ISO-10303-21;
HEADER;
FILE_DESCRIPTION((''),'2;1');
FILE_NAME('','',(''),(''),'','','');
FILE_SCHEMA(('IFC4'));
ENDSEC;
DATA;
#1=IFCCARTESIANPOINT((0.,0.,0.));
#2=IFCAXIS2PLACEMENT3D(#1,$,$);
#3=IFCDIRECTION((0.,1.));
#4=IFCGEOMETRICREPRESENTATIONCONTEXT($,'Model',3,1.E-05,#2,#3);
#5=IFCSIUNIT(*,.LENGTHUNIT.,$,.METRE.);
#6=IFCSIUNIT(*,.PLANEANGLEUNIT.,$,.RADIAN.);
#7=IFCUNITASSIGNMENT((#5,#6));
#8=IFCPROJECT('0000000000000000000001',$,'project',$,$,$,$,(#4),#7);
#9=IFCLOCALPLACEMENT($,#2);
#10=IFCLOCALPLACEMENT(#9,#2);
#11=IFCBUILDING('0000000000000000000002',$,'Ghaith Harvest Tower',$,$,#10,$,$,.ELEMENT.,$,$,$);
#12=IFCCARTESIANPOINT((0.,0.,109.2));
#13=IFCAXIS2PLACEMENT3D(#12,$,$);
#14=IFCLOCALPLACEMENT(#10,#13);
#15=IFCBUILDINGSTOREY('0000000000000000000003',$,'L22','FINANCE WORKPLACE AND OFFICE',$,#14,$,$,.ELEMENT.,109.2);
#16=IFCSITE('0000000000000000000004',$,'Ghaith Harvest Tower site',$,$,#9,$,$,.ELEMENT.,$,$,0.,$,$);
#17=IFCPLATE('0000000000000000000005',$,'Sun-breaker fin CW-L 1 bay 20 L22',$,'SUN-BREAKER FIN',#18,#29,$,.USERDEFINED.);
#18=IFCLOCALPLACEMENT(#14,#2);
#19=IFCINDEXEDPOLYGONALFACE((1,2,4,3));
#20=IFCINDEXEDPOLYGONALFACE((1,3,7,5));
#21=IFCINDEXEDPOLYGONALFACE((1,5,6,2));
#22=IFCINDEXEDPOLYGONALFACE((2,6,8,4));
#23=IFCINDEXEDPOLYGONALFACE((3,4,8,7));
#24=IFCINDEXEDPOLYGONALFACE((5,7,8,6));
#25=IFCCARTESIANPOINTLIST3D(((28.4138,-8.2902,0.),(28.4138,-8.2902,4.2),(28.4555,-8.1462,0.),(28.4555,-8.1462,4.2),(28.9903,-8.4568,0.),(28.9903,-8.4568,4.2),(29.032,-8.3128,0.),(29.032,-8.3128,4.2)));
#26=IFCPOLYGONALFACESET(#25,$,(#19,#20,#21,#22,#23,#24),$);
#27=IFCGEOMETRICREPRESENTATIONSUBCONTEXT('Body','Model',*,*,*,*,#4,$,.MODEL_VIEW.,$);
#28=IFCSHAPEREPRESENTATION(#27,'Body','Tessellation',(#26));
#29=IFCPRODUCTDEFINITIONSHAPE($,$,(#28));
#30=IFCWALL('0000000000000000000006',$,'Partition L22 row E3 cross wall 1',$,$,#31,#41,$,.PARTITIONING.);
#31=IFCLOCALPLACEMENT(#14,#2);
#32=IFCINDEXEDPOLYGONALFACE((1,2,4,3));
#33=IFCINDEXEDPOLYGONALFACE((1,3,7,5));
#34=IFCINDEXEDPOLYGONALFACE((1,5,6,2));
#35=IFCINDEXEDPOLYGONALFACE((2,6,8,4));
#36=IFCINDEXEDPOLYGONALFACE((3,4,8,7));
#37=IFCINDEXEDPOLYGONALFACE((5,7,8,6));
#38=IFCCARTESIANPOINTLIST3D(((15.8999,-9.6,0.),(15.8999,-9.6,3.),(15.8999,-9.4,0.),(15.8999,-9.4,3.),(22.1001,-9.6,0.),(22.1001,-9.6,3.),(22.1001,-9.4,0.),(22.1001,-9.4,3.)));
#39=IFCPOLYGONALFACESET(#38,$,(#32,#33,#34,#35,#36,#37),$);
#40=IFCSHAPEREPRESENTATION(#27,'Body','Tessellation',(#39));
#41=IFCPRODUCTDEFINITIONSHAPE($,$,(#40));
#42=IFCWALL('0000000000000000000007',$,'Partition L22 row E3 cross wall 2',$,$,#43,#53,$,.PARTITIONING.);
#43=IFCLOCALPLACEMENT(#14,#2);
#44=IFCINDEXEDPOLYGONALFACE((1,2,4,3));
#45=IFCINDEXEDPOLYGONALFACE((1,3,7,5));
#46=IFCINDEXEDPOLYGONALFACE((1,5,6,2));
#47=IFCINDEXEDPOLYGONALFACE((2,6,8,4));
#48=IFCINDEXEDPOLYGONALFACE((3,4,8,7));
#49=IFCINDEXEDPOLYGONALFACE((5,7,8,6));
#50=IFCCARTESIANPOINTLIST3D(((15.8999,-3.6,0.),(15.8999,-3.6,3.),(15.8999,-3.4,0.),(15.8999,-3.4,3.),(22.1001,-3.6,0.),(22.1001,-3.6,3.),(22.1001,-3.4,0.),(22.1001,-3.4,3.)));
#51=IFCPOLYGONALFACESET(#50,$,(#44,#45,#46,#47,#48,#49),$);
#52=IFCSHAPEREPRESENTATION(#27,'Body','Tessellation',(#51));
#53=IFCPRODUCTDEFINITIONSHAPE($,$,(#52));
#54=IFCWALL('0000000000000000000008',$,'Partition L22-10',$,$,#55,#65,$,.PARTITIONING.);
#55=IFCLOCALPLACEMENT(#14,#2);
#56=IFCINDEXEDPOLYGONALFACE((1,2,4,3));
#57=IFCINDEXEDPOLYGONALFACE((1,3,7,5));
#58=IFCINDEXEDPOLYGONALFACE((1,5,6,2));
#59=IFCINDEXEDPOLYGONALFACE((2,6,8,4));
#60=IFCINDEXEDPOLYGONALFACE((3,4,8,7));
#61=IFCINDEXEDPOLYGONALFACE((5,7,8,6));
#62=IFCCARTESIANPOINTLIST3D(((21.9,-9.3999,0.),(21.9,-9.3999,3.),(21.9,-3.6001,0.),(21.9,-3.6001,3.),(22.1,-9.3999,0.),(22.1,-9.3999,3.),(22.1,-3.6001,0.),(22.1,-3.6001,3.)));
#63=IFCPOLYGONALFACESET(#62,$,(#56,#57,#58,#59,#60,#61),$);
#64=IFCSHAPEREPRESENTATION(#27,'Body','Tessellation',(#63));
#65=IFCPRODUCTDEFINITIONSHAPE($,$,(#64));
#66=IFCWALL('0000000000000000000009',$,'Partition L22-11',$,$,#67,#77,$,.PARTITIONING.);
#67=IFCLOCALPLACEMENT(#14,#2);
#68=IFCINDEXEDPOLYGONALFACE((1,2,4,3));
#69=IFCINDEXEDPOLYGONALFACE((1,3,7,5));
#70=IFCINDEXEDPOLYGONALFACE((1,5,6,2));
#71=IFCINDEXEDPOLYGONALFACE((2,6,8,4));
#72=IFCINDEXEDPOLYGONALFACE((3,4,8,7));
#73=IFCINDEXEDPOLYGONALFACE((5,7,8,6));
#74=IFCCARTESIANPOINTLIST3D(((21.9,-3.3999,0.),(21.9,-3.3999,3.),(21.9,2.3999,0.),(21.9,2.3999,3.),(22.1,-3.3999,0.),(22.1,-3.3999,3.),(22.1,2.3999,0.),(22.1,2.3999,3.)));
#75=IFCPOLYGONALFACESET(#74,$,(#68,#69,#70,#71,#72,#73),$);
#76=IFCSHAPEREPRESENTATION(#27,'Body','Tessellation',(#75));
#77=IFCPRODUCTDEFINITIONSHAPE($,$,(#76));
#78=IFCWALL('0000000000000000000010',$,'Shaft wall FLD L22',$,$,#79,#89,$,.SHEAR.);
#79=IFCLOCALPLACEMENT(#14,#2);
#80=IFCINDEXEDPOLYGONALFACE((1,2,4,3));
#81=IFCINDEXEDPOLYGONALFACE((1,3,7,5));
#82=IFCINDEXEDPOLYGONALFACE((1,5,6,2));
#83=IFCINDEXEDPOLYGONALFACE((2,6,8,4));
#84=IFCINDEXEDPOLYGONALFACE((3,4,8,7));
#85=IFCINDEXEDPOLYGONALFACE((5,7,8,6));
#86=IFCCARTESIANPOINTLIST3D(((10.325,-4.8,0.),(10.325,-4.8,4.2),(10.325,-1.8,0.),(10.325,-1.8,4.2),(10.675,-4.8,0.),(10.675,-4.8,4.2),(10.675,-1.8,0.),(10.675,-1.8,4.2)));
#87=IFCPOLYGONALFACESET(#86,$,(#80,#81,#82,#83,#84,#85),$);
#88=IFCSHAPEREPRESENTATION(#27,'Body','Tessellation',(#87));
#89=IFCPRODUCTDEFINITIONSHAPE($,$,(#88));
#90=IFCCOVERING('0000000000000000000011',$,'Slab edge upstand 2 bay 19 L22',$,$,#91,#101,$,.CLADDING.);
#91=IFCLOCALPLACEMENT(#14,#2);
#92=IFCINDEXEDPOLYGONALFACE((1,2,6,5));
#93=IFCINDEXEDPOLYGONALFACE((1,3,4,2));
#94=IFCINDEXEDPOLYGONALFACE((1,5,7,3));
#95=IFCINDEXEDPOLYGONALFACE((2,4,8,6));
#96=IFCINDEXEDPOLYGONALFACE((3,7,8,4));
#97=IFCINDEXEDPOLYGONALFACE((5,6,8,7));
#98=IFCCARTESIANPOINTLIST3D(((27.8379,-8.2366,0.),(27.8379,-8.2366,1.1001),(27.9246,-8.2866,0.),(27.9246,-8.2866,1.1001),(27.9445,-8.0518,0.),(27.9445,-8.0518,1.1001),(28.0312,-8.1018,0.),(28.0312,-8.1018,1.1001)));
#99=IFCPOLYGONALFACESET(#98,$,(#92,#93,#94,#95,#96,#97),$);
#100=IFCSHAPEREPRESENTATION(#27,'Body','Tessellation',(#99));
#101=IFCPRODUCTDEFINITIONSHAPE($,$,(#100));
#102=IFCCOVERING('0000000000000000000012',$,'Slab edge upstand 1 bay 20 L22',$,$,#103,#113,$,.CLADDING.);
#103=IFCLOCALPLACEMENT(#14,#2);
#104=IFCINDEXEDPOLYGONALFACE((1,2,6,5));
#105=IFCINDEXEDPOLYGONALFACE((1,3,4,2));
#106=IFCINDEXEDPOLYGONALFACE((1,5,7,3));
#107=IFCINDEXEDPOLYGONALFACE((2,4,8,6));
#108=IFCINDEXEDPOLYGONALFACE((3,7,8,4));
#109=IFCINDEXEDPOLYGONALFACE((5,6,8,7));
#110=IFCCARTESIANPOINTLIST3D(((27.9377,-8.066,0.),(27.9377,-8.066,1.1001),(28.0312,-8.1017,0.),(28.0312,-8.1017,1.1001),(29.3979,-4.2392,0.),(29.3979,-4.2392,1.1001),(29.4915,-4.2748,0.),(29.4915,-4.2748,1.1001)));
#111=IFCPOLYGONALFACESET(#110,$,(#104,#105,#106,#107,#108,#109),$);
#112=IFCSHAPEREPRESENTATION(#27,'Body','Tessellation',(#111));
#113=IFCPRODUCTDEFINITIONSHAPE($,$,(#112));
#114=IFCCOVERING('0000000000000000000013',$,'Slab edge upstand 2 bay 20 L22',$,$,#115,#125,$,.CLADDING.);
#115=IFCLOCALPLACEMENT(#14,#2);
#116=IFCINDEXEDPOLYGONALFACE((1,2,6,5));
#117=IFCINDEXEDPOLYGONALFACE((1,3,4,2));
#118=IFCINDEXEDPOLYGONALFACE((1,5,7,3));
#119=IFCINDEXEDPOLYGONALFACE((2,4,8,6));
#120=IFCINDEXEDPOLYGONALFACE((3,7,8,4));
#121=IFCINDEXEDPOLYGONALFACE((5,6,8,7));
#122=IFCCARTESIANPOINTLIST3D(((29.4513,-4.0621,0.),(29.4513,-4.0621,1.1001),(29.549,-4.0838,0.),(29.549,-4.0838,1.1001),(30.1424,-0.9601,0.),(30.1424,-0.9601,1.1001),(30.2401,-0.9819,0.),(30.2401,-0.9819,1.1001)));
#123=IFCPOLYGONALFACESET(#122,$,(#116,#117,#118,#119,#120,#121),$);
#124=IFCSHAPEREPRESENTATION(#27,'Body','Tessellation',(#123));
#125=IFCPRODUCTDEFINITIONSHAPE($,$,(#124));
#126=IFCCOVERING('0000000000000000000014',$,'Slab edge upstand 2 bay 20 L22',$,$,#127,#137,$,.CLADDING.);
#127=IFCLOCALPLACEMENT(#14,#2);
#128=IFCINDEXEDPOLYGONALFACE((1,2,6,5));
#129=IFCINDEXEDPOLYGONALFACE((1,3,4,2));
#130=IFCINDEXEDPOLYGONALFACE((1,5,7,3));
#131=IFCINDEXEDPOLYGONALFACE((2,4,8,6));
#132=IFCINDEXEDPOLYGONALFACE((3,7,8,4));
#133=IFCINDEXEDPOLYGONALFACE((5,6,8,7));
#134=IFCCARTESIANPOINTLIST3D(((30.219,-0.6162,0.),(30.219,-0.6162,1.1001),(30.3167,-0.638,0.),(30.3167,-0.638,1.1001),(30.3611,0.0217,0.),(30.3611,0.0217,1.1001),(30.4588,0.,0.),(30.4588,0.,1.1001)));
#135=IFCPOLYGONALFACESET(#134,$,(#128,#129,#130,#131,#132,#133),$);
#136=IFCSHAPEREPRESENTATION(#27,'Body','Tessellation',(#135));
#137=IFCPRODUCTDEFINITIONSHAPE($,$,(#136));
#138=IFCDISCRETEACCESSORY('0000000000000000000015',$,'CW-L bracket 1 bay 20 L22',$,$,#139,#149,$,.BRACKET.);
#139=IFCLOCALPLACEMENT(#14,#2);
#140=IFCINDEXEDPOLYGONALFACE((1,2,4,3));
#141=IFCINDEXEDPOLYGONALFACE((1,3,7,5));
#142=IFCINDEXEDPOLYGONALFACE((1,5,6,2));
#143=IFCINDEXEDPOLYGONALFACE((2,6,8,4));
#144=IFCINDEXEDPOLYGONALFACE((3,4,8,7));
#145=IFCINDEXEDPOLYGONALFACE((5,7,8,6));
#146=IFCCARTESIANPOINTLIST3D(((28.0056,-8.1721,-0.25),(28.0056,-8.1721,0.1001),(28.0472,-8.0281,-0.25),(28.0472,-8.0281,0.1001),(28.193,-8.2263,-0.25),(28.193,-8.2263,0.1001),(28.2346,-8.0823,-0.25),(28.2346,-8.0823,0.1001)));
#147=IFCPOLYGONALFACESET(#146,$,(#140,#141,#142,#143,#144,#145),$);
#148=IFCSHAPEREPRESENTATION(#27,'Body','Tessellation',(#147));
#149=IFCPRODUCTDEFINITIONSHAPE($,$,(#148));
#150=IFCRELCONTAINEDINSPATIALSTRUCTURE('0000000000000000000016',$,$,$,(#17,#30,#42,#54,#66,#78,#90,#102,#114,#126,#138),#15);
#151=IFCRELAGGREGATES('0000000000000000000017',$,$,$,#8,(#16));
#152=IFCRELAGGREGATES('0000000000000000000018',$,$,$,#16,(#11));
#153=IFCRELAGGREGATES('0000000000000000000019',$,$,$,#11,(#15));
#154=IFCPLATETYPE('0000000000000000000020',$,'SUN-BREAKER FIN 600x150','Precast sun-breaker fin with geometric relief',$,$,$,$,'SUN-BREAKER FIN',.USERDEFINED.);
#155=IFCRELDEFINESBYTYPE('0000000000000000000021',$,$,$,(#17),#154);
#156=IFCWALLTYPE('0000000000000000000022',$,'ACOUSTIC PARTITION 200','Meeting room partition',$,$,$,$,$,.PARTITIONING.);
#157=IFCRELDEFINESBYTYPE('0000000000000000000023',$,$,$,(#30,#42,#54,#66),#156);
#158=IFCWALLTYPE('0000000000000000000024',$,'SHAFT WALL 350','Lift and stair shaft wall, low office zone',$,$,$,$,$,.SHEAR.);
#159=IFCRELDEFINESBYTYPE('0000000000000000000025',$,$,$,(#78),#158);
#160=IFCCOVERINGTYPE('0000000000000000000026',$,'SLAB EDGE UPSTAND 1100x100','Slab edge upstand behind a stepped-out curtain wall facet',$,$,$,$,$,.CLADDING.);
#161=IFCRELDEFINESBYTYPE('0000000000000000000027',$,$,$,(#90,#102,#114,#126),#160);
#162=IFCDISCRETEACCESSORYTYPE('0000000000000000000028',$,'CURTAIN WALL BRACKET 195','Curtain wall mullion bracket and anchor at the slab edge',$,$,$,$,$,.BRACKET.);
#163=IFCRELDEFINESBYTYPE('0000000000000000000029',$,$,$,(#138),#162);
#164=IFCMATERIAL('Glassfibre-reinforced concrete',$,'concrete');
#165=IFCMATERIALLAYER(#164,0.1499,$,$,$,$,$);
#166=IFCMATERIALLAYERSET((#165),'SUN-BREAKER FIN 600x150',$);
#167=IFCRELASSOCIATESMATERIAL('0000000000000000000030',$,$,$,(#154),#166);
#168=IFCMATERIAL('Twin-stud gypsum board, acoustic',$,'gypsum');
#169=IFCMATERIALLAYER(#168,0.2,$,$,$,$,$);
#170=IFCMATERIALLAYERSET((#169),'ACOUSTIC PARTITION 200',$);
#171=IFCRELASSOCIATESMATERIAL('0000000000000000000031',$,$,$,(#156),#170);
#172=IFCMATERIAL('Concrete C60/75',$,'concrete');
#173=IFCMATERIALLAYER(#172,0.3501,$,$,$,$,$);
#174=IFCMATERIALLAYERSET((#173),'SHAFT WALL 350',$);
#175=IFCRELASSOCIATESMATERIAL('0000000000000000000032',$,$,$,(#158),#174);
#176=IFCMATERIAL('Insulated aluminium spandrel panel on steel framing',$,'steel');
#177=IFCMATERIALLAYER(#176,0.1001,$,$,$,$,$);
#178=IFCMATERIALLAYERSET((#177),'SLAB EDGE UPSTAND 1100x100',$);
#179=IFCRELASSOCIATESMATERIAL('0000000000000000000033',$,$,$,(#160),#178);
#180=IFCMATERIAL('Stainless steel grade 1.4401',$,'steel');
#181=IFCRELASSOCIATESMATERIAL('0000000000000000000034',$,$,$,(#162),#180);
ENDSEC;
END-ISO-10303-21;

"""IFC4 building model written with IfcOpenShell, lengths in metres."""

from ifc_helpers import new_model, si_unit, direction, frame, frame_2d, origin, origin_2d, place, context, subcontext, project, spatial, rectangle, extrude, material, layer, layer_set, type_object, element, save


model = new_model("IFC4")

# Units and contexts
model_context = context("Model", 3, precision=1e-05, world=origin(), true_north=direction((0.0, 1.0)))
body_context = subcontext(model_context, "Body", "Model", "MODEL_VIEW")
ifc_project = project(units=[si_unit("LENGTHUNIT", "METRE"), si_unit("PLANEANGLEUNIT", "RADIAN")], contexts=[model_context])

# Site, building, storey
site_placement = place(None, origin())
site = spatial("IfcSite", under=ifc_project, at=site_placement, Name="Ghaith Harvest Tower site", CompositionType="ELEMENT", RefElevation=0.0)
building_placement = place(site_placement, origin())
building = spatial("IfcBuilding", under=site, at=building_placement, Name="Ghaith Harvest Tower", CompositionType="ELEMENT")
storey_placement = place(building_placement, frame((0.0, 0.0, 109.2)))
storey = spatial("IfcBuildingStorey", under=building, at=storey_placement, Name="L22", Description="FINANCE WORKPLACE AND OFFICE", CompositionType="ELEMENT", Elevation=109.2)

# Plate
ifc_material_1 = material(Name="Glassfibre-reinforced concrete", Category="concrete")
ifc_layer_1 = layer(ifc_material_1, 0.1499)
ifc_layer_set_1 = layer_set([ifc_layer_1], Name="SUN-BREAKER FIN 600x150")
plate_type_1 = type_object("IfcPlateType", Name="SUN-BREAKER FIN 600x150", Description="Precast sun-breaker fin with geometric relief", ElementType="SUN-BREAKER FIN", PredefinedType="USERDEFINED", material=ifc_layer_set_1)
plate_1_placement = place(storey_placement, frame((28.7229, -8.3015, 0.0), z_axis=(0.0, 0.0, 1.0), x_axis=(0.96068, -0.277657, 0.0)))
element("IfcPlate", 1, at=plate_1_placement, inside=storey, type_object=plate_type_1, Name="Sun-breaker fin CW-L 1 bay 20 L22", ObjectType="SUN-BREAKER FIN", PredefinedType="USERDEFINED", context=body_context, shape_type="SweptSolid", body=[
    extrude(rectangle(XDim=0.6001, YDim=0.1499, at=origin_2d()), origin(), (0.0, 0.0, 1.0), 4.2),
])

# Walls
ifc_material_2 = material(Name="Twin-stud gypsum board, acoustic", Category="gypsum")
ifc_layer_2 = layer(ifc_material_2, 0.2)
ifc_layer_set_2 = layer_set([ifc_layer_2], Name="ACOUSTIC PARTITION 200")
wall_type_1 = type_object("IfcWallType", Name="ACOUSTIC PARTITION 200", Description="Meeting room partition", PredefinedType="PARTITIONING", material=ifc_layer_set_2)
for number, where, z_axis, x_axis, name in (
    (2, (15.8999, -9.5, 0.0), (0.0, 0.0, 1.0), (1.0, 0.0, 0.0), "Partition L22 row E3 cross wall 1"),
    (3, (15.8999, -3.5, 0.0), (0.0, 0.0, 1.0), (1.0, 0.0, 0.0), "Partition L22 row E3 cross wall 2"),
):
    element("IfcWall", number, at=place(storey_placement, frame(where, z_axis=z_axis, x_axis=x_axis)), inside=storey, type_object=wall_type_1, Name=name, PredefinedType="PARTITIONING", context=body_context, shape_type="SweptSolid", body=[
        extrude(rectangle(XDim=6.2002, YDim=0.2, at=frame_2d((3.1001, 0.0))), origin(), (0.0, 0.0, 1.0), 3.0),
    ])

# Wall
wall_1_placement = place(storey_placement, frame((22.0, -9.3999, 0.0), z_axis=(0.0, 0.0, 1.0), x_axis=(0.0, 1.0, 0.0)))
element("IfcWall", 4, at=wall_1_placement, inside=storey, type_object=wall_type_1, Name="Partition L22-10", PredefinedType="PARTITIONING", context=body_context, shape_type="SweptSolid", body=[
    extrude(rectangle(XDim=5.7998, YDim=0.2, at=frame_2d((2.8999, 0.0))), origin(), (0.0, 0.0, 1.0), 3.0),
])

# Wall
wall_2_placement = place(storey_placement, frame((22.0, -3.3999, 0.0), z_axis=(0.0, 0.0, 1.0), x_axis=(0.0, 1.0, 0.0)))
element("IfcWall", 5, at=wall_2_placement, inside=storey, type_object=wall_type_1, Name="Partition L22-11", PredefinedType="PARTITIONING", context=body_context, shape_type="SweptSolid", body=[
    extrude(rectangle(XDim=5.7998, YDim=0.2, at=frame_2d((2.8999, 0.0))), origin(), (0.0, 0.0, 1.0), 3.0),
])

# Wall
ifc_material_3 = material(Name="Concrete C60/75", Category="concrete")
ifc_layer_3 = layer(ifc_material_3, 0.3501)
ifc_layer_set_3 = layer_set([ifc_layer_3], Name="SHAFT WALL 350")
wall_type_2 = type_object("IfcWallType", Name="SHAFT WALL 350", Description="Lift and stair shaft wall, low office zone", PredefinedType="SHEAR", material=ifc_layer_set_3)
wall_3_placement = place(storey_placement, frame((10.5, -4.8, 0.0), z_axis=(0.0, 0.0, 1.0), x_axis=(0.0, 1.0, 0.0)))
element("IfcWall", 6, at=wall_3_placement, inside=storey, type_object=wall_type_2, Name="Shaft wall FLD L22", PredefinedType="SHEAR", context=body_context, shape_type="SweptSolid", body=[
    extrude(rectangle(XDim=3.0, YDim=0.3501, at=frame_2d((1.5, 0.0))), origin(), (0.0, 0.0, 1.0), 4.2),
])

# Coverings
ifc_material_4 = material(Name="Insulated aluminium spandrel panel on steel framing", Category="steel")
ifc_layer_4 = layer(ifc_material_4, 0.1001)
ifc_layer_set_4 = layer_set([ifc_layer_4], Name="SLAB EDGE UPSTAND 1100x100")
covering_type = type_object("IfcCoveringType", Name="SLAB EDGE UPSTAND 1100x100", Description="Slab edge upstand behind a stepped-out curtain wall facet", PredefinedType="CLADDING", material=ifc_layer_set_4)
covering_1_placement = place(storey_placement, frame((27.9346, -8.1692, 0.0), z_axis=(0.0, 0.0, 1.0), x_axis=(0.499596, 0.866258, 0.0)))
element("IfcCovering", 7, at=covering_1_placement, inside=storey, type_object=covering_type, Name="Slab edge upstand 2 bay 19 L22", PredefinedType="CLADDING", context=body_context, shape_type="SweptSolid", body=[
    extrude(rectangle(XDim=0.2134, YDim=0.1001, at=origin_2d()), origin(), (0.0, 0.0, 1.0), 1.1001),
])
covering_2_placement = place(storey_placement, frame((28.7146, -6.1704, 0.0), z_axis=(0.0, 0.0, 1.0), x_axis=(0.356504, 0.934294, 0.0)))
element("IfcCovering", 8, at=covering_2_placement, inside=storey, type_object=covering_type, Name="Slab edge upstand 1 bay 20 L22", PredefinedType="CLADDING", context=body_context, shape_type="SweptSolid", body=[
    extrude(rectangle(XDim=4.0959, YDim=0.1001, at=origin_2d()), origin(), (0.0, 0.0, 1.0), 1.1001),
])
covering_3_placement = place(storey_placement, frame((29.8457, -2.522, 0.0), z_axis=(0.0, 0.0, 1.0), x_axis=(0.217466, 0.976068, 0.0)))
element("IfcCovering", 9, at=covering_3_placement, inside=storey, type_object=covering_type, Name="Slab edge upstand 2 bay 20 L22", PredefinedType="CLADDING", context=body_context, shape_type="SweptSolid", body=[
    extrude(rectangle(XDim=3.178, YDim=0.1001, at=origin_2d()), origin(), (0.0, 0.0, 1.0), 1.1001),
])
covering_4_placement = place(storey_placement, frame((30.3389, -0.3081, 0.0), z_axis=(0.0, 0.0, 1.0), x_axis=(0.217466, 0.976068, 0.0)))
element("IfcCovering", 10, at=covering_4_placement, inside=storey, type_object=covering_type, Name="Slab edge upstand 2 bay 20 L22", PredefinedType="CLADDING", context=body_context, shape_type="SweptSolid", body=[
    extrude(rectangle(XDim=0.6536, YDim=0.1001, at=origin_2d()), origin(), (0.0, 0.0, 1.0), 1.1001),
])

# Discrete accessory
ifc_material_5 = material(Name="Stainless steel grade 1.4401", Category="steel")
discrete_accessory_type = type_object("IfcDiscreteAccessoryType", Name="CURTAIN WALL BRACKET 195", Description="Curtain wall mullion bracket and anchor at the slab edge", PredefinedType="BRACKET", material=ifc_material_5)
discrete_accessory_placement = place(storey_placement, frame((28.1201, -8.1272, -0.25), z_axis=(0.0, 0.0, 1.0), x_axis=(0.96068, -0.277657, 0.0)))
element("IfcDiscreteAccessory", 11, at=discrete_accessory_placement, inside=storey, type_object=discrete_accessory_type, Name="CW-L bracket 1 bay 20 L22", PredefinedType="BRACKET", context=body_context, shape_type="SweptSolid", body=[
    extrude(rectangle(XDim=0.1951, YDim=0.1499, at=origin_2d()), origin(), (0.0, 0.0, 1.0), 0.3501),
])

save(model, "model.ifc")
